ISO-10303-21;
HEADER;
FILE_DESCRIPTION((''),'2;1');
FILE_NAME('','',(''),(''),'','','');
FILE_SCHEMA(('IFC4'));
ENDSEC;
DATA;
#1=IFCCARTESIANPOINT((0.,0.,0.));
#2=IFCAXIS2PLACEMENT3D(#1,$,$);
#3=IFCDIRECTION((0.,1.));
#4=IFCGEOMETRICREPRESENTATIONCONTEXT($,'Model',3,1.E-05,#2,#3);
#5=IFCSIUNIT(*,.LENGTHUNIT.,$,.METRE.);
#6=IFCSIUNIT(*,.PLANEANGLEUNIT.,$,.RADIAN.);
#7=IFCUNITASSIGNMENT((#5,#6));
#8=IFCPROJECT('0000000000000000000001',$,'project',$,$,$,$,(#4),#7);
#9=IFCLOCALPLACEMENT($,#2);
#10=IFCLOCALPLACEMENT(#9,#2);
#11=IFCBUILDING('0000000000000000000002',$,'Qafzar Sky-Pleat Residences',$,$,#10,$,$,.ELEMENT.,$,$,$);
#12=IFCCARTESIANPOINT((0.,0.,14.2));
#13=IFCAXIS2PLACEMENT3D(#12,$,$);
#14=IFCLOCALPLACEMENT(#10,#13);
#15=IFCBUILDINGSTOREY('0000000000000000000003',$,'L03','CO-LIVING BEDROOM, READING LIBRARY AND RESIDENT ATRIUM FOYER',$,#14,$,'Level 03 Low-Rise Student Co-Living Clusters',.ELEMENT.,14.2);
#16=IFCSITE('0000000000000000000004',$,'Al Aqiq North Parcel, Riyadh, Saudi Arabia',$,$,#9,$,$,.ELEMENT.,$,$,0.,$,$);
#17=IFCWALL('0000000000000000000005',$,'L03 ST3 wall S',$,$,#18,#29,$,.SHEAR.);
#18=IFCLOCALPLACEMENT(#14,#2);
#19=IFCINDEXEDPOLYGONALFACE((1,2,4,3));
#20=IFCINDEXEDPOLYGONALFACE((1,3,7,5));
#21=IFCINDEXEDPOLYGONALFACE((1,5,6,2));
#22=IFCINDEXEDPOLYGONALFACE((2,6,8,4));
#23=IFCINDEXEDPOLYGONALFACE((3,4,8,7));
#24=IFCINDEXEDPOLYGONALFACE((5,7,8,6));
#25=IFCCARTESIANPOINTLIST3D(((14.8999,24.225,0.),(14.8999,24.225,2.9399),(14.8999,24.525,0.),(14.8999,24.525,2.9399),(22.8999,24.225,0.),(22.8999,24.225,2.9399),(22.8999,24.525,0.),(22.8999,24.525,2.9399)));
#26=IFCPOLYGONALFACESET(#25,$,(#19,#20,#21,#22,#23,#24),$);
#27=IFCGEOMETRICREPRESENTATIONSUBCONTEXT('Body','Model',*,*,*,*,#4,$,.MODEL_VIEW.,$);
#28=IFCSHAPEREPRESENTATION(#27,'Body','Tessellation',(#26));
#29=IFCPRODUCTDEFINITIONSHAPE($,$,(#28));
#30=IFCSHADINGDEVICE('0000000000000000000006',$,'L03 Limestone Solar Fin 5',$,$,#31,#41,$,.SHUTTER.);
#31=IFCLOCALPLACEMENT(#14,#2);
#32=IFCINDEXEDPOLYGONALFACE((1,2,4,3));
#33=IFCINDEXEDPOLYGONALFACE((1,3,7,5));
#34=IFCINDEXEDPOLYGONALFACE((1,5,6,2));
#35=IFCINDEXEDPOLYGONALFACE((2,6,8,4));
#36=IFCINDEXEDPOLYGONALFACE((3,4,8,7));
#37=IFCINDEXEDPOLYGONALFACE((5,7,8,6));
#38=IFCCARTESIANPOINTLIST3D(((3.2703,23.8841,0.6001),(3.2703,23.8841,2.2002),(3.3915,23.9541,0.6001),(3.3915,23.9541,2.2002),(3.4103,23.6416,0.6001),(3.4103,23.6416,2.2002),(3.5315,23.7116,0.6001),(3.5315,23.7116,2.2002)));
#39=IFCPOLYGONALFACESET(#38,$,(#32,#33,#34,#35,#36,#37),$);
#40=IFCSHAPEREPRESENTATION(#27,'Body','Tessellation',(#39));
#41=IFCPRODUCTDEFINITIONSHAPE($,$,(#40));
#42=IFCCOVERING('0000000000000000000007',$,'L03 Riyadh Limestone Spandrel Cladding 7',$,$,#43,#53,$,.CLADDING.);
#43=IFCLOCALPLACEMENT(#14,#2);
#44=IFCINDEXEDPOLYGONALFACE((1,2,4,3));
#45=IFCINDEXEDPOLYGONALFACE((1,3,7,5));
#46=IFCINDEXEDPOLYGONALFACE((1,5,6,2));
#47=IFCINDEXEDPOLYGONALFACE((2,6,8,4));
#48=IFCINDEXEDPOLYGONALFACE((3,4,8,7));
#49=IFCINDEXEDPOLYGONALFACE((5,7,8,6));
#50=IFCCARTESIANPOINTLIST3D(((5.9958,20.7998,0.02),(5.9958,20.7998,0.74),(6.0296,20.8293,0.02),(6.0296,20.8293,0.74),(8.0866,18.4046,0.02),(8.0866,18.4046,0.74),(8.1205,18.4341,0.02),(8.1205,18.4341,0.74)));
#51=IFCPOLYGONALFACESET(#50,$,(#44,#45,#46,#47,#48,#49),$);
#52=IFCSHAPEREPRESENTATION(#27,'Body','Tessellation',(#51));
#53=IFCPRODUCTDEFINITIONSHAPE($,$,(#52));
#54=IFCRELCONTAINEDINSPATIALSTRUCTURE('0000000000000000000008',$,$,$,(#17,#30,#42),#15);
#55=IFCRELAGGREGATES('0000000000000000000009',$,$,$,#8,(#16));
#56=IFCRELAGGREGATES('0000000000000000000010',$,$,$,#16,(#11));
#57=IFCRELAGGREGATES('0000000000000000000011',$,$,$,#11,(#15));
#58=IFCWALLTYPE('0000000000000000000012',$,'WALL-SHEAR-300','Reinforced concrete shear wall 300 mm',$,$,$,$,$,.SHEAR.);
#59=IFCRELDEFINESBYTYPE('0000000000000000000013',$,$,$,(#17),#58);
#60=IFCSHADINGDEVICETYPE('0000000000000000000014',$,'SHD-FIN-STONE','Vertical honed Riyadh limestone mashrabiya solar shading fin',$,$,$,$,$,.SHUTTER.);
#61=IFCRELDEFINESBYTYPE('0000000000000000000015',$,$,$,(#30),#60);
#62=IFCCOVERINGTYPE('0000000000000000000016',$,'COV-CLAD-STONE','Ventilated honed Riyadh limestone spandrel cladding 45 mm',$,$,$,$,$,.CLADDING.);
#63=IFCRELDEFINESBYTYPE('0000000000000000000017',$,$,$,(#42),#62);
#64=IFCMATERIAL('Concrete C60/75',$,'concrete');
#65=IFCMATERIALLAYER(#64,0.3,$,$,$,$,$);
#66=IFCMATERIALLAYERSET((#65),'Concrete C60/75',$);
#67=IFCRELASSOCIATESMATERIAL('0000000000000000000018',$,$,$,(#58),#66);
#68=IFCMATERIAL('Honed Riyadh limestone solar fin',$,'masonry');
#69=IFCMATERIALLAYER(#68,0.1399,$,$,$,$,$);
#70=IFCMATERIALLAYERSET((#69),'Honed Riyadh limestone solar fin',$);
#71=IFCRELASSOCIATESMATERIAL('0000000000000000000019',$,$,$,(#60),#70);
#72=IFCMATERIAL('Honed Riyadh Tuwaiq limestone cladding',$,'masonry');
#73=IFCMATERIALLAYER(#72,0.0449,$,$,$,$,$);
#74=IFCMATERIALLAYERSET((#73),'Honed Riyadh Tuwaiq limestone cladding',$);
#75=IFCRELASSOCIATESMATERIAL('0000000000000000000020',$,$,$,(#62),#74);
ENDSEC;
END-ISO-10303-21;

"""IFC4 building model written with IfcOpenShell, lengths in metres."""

from ifc_helpers import new_model, si_unit, direction, frame, frame_2d, origin, origin_2d, place, context, subcontext, project, spatial, rectangle, extrude, source, transform, mapped, material, layer, layer_set, type_object, element, save


model = new_model("IFC4")

# Units and contexts
model_context = context("Model", 3, precision=1e-05, world=origin(), true_north=direction((0.0, 1.0)))
body_context = subcontext(model_context, "Body", "Model", "MODEL_VIEW")
ifc_project = project(units=[si_unit("LENGTHUNIT", "METRE"), si_unit("PLANEANGLEUNIT", "RADIAN")], contexts=[model_context])

# Site, building, storey
site_placement = place(None, origin())
site = spatial("IfcSite", under=ifc_project, at=site_placement, Name="Al Aqiq North Parcel, Riyadh, Saudi Arabia", CompositionType="ELEMENT", RefElevation=0.0)
building_placement = place(site_placement, origin())
building = spatial("IfcBuilding", under=site, at=building_placement, Name="Qafzar Sky-Pleat Residences", CompositionType="ELEMENT")
storey_placement = place(building_placement, frame((0.0, 0.0, 14.2)))
storey = spatial("IfcBuildingStorey", under=building, at=storey_placement, Name="L03", Description="CO-LIVING BEDROOM, READING LIBRARY AND RESIDENT ATRIUM FOYER", LongName="Level 03 Low-Rise Student Co-Living Clusters", CompositionType="ELEMENT", Elevation=14.2)

# Shared definitions
ifc_material_1 = material(Name="Concrete C60/75", Category="concrete")

# Wall
ifc_layer_1 = layer(ifc_material_1, 0.3)
ifc_layer_set_1 = layer_set([ifc_layer_1], Name="Concrete C60/75")
wall_type_1 = type_object("IfcWallType", Name="WALL-SHEAR-300", Description="Reinforced concrete shear wall 300 mm", PredefinedType="SHEAR", material=ifc_layer_set_1)
wall_1_placement = place(storey_placement, frame((14.8999, 24.375, 0.0), z_axis=(0.0, 0.0, 1.0), x_axis=(1.0, 0.0, 0.0)))
element("IfcWall", 1, at=wall_1_placement, inside=storey, type_object=wall_type_1, Name="L03 ST3 wall S", PredefinedType="SHEAR", context=body_context, shape_type="SweptSolid", body=[
    extrude(rectangle(XDim=8.0, YDim=0.3, at=frame_2d((4.0, 0.0))), origin(), (0.0, 0.0, 1.0), 2.9399),
])

# Shading device
ifc_material_2 = material(Name="Honed Riyadh limestone solar fin", Category="masonry")
ifc_layer_2 = layer(ifc_material_2, 0.1399)
ifc_layer_set_2 = layer_set([ifc_layer_2], Name="Honed Riyadh limestone solar fin")
shading_device_type = type_object("IfcShadingDeviceType", Name="SHD-FIN-STONE", Description="Vertical honed Riyadh limestone mashrabiya solar shading fin", PredefinedType="SHUTTER", material=ifc_layer_set_2)
shared_shape_1 = source(origin(), body_context, "Body", "SweptSolid", [
    extrude(rectangle(XDim=0.1399, YDim=0.28, at=origin_2d()), origin(), (0.0, 0.0, 1.0), 1.6001),
])
shading_device_placement = place(storey_placement, frame((3.4009, 23.7979, 0.6001), z_axis=(0.0, 0.0, 1.0), x_axis=(-0.866044, -0.499967, 0.0)))
element("IfcShadingDevice", 2, at=shading_device_placement, inside=storey, type_object=shading_device_type, Name="L03 Limestone Solar Fin 5", PredefinedType="SHUTTER", context=body_context, shape_type="MappedRepresentation", body=[
    mapped(shared_shape_1, transform((0.0, 0.0, 0.0), x_axis=(1.0, 0.0, 0.0), y_axis=(0.0, 1.0, 0.0), z_axis=(0.0, 0.0, 1.0), scale=1.0)),
])

# Covering
ifc_material_3 = material(Name="Honed Riyadh Tuwaiq limestone cladding", Category="masonry")
ifc_layer_3 = layer(ifc_material_3, 0.0449)
ifc_layer_set_3 = layer_set([ifc_layer_3], Name="Honed Riyadh Tuwaiq limestone cladding")
covering_type = type_object("IfcCoveringType", Name="COV-CLAD-STONE", Description="Ventilated honed Riyadh limestone spandrel cladding 45 mm", PredefinedType="CLADDING", material=ifc_layer_set_3)
shared_shape_2 = source(origin(), body_context, "Body", "SweptSolid", [
    extrude(rectangle(XDim=3.1794, YDim=0.0449, at=origin_2d()), origin(), (0.0, 0.0, 1.0), 0.72),
])
covering_placement = place(storey_placement, frame((7.0581, 19.6169, 0.02), z_axis=(0.0, 0.0, 1.0), x_axis=(0.657616, -0.753353, 0.0)))
element("IfcCovering", 3, at=covering_placement, inside=storey, type_object=covering_type, Name="L03 Riyadh Limestone Spandrel Cladding 7", PredefinedType="CLADDING", context=body_context, shape_type="MappedRepresentation", body=[
    mapped(shared_shape_2, transform((0.0, 0.0, 0.0), x_axis=(1.0, 0.0, 0.0), y_axis=(0.0, 1.0, 0.0), z_axis=(0.0, 0.0, 1.0), scale=1.0)),
])

save(model, "model.ifc")
